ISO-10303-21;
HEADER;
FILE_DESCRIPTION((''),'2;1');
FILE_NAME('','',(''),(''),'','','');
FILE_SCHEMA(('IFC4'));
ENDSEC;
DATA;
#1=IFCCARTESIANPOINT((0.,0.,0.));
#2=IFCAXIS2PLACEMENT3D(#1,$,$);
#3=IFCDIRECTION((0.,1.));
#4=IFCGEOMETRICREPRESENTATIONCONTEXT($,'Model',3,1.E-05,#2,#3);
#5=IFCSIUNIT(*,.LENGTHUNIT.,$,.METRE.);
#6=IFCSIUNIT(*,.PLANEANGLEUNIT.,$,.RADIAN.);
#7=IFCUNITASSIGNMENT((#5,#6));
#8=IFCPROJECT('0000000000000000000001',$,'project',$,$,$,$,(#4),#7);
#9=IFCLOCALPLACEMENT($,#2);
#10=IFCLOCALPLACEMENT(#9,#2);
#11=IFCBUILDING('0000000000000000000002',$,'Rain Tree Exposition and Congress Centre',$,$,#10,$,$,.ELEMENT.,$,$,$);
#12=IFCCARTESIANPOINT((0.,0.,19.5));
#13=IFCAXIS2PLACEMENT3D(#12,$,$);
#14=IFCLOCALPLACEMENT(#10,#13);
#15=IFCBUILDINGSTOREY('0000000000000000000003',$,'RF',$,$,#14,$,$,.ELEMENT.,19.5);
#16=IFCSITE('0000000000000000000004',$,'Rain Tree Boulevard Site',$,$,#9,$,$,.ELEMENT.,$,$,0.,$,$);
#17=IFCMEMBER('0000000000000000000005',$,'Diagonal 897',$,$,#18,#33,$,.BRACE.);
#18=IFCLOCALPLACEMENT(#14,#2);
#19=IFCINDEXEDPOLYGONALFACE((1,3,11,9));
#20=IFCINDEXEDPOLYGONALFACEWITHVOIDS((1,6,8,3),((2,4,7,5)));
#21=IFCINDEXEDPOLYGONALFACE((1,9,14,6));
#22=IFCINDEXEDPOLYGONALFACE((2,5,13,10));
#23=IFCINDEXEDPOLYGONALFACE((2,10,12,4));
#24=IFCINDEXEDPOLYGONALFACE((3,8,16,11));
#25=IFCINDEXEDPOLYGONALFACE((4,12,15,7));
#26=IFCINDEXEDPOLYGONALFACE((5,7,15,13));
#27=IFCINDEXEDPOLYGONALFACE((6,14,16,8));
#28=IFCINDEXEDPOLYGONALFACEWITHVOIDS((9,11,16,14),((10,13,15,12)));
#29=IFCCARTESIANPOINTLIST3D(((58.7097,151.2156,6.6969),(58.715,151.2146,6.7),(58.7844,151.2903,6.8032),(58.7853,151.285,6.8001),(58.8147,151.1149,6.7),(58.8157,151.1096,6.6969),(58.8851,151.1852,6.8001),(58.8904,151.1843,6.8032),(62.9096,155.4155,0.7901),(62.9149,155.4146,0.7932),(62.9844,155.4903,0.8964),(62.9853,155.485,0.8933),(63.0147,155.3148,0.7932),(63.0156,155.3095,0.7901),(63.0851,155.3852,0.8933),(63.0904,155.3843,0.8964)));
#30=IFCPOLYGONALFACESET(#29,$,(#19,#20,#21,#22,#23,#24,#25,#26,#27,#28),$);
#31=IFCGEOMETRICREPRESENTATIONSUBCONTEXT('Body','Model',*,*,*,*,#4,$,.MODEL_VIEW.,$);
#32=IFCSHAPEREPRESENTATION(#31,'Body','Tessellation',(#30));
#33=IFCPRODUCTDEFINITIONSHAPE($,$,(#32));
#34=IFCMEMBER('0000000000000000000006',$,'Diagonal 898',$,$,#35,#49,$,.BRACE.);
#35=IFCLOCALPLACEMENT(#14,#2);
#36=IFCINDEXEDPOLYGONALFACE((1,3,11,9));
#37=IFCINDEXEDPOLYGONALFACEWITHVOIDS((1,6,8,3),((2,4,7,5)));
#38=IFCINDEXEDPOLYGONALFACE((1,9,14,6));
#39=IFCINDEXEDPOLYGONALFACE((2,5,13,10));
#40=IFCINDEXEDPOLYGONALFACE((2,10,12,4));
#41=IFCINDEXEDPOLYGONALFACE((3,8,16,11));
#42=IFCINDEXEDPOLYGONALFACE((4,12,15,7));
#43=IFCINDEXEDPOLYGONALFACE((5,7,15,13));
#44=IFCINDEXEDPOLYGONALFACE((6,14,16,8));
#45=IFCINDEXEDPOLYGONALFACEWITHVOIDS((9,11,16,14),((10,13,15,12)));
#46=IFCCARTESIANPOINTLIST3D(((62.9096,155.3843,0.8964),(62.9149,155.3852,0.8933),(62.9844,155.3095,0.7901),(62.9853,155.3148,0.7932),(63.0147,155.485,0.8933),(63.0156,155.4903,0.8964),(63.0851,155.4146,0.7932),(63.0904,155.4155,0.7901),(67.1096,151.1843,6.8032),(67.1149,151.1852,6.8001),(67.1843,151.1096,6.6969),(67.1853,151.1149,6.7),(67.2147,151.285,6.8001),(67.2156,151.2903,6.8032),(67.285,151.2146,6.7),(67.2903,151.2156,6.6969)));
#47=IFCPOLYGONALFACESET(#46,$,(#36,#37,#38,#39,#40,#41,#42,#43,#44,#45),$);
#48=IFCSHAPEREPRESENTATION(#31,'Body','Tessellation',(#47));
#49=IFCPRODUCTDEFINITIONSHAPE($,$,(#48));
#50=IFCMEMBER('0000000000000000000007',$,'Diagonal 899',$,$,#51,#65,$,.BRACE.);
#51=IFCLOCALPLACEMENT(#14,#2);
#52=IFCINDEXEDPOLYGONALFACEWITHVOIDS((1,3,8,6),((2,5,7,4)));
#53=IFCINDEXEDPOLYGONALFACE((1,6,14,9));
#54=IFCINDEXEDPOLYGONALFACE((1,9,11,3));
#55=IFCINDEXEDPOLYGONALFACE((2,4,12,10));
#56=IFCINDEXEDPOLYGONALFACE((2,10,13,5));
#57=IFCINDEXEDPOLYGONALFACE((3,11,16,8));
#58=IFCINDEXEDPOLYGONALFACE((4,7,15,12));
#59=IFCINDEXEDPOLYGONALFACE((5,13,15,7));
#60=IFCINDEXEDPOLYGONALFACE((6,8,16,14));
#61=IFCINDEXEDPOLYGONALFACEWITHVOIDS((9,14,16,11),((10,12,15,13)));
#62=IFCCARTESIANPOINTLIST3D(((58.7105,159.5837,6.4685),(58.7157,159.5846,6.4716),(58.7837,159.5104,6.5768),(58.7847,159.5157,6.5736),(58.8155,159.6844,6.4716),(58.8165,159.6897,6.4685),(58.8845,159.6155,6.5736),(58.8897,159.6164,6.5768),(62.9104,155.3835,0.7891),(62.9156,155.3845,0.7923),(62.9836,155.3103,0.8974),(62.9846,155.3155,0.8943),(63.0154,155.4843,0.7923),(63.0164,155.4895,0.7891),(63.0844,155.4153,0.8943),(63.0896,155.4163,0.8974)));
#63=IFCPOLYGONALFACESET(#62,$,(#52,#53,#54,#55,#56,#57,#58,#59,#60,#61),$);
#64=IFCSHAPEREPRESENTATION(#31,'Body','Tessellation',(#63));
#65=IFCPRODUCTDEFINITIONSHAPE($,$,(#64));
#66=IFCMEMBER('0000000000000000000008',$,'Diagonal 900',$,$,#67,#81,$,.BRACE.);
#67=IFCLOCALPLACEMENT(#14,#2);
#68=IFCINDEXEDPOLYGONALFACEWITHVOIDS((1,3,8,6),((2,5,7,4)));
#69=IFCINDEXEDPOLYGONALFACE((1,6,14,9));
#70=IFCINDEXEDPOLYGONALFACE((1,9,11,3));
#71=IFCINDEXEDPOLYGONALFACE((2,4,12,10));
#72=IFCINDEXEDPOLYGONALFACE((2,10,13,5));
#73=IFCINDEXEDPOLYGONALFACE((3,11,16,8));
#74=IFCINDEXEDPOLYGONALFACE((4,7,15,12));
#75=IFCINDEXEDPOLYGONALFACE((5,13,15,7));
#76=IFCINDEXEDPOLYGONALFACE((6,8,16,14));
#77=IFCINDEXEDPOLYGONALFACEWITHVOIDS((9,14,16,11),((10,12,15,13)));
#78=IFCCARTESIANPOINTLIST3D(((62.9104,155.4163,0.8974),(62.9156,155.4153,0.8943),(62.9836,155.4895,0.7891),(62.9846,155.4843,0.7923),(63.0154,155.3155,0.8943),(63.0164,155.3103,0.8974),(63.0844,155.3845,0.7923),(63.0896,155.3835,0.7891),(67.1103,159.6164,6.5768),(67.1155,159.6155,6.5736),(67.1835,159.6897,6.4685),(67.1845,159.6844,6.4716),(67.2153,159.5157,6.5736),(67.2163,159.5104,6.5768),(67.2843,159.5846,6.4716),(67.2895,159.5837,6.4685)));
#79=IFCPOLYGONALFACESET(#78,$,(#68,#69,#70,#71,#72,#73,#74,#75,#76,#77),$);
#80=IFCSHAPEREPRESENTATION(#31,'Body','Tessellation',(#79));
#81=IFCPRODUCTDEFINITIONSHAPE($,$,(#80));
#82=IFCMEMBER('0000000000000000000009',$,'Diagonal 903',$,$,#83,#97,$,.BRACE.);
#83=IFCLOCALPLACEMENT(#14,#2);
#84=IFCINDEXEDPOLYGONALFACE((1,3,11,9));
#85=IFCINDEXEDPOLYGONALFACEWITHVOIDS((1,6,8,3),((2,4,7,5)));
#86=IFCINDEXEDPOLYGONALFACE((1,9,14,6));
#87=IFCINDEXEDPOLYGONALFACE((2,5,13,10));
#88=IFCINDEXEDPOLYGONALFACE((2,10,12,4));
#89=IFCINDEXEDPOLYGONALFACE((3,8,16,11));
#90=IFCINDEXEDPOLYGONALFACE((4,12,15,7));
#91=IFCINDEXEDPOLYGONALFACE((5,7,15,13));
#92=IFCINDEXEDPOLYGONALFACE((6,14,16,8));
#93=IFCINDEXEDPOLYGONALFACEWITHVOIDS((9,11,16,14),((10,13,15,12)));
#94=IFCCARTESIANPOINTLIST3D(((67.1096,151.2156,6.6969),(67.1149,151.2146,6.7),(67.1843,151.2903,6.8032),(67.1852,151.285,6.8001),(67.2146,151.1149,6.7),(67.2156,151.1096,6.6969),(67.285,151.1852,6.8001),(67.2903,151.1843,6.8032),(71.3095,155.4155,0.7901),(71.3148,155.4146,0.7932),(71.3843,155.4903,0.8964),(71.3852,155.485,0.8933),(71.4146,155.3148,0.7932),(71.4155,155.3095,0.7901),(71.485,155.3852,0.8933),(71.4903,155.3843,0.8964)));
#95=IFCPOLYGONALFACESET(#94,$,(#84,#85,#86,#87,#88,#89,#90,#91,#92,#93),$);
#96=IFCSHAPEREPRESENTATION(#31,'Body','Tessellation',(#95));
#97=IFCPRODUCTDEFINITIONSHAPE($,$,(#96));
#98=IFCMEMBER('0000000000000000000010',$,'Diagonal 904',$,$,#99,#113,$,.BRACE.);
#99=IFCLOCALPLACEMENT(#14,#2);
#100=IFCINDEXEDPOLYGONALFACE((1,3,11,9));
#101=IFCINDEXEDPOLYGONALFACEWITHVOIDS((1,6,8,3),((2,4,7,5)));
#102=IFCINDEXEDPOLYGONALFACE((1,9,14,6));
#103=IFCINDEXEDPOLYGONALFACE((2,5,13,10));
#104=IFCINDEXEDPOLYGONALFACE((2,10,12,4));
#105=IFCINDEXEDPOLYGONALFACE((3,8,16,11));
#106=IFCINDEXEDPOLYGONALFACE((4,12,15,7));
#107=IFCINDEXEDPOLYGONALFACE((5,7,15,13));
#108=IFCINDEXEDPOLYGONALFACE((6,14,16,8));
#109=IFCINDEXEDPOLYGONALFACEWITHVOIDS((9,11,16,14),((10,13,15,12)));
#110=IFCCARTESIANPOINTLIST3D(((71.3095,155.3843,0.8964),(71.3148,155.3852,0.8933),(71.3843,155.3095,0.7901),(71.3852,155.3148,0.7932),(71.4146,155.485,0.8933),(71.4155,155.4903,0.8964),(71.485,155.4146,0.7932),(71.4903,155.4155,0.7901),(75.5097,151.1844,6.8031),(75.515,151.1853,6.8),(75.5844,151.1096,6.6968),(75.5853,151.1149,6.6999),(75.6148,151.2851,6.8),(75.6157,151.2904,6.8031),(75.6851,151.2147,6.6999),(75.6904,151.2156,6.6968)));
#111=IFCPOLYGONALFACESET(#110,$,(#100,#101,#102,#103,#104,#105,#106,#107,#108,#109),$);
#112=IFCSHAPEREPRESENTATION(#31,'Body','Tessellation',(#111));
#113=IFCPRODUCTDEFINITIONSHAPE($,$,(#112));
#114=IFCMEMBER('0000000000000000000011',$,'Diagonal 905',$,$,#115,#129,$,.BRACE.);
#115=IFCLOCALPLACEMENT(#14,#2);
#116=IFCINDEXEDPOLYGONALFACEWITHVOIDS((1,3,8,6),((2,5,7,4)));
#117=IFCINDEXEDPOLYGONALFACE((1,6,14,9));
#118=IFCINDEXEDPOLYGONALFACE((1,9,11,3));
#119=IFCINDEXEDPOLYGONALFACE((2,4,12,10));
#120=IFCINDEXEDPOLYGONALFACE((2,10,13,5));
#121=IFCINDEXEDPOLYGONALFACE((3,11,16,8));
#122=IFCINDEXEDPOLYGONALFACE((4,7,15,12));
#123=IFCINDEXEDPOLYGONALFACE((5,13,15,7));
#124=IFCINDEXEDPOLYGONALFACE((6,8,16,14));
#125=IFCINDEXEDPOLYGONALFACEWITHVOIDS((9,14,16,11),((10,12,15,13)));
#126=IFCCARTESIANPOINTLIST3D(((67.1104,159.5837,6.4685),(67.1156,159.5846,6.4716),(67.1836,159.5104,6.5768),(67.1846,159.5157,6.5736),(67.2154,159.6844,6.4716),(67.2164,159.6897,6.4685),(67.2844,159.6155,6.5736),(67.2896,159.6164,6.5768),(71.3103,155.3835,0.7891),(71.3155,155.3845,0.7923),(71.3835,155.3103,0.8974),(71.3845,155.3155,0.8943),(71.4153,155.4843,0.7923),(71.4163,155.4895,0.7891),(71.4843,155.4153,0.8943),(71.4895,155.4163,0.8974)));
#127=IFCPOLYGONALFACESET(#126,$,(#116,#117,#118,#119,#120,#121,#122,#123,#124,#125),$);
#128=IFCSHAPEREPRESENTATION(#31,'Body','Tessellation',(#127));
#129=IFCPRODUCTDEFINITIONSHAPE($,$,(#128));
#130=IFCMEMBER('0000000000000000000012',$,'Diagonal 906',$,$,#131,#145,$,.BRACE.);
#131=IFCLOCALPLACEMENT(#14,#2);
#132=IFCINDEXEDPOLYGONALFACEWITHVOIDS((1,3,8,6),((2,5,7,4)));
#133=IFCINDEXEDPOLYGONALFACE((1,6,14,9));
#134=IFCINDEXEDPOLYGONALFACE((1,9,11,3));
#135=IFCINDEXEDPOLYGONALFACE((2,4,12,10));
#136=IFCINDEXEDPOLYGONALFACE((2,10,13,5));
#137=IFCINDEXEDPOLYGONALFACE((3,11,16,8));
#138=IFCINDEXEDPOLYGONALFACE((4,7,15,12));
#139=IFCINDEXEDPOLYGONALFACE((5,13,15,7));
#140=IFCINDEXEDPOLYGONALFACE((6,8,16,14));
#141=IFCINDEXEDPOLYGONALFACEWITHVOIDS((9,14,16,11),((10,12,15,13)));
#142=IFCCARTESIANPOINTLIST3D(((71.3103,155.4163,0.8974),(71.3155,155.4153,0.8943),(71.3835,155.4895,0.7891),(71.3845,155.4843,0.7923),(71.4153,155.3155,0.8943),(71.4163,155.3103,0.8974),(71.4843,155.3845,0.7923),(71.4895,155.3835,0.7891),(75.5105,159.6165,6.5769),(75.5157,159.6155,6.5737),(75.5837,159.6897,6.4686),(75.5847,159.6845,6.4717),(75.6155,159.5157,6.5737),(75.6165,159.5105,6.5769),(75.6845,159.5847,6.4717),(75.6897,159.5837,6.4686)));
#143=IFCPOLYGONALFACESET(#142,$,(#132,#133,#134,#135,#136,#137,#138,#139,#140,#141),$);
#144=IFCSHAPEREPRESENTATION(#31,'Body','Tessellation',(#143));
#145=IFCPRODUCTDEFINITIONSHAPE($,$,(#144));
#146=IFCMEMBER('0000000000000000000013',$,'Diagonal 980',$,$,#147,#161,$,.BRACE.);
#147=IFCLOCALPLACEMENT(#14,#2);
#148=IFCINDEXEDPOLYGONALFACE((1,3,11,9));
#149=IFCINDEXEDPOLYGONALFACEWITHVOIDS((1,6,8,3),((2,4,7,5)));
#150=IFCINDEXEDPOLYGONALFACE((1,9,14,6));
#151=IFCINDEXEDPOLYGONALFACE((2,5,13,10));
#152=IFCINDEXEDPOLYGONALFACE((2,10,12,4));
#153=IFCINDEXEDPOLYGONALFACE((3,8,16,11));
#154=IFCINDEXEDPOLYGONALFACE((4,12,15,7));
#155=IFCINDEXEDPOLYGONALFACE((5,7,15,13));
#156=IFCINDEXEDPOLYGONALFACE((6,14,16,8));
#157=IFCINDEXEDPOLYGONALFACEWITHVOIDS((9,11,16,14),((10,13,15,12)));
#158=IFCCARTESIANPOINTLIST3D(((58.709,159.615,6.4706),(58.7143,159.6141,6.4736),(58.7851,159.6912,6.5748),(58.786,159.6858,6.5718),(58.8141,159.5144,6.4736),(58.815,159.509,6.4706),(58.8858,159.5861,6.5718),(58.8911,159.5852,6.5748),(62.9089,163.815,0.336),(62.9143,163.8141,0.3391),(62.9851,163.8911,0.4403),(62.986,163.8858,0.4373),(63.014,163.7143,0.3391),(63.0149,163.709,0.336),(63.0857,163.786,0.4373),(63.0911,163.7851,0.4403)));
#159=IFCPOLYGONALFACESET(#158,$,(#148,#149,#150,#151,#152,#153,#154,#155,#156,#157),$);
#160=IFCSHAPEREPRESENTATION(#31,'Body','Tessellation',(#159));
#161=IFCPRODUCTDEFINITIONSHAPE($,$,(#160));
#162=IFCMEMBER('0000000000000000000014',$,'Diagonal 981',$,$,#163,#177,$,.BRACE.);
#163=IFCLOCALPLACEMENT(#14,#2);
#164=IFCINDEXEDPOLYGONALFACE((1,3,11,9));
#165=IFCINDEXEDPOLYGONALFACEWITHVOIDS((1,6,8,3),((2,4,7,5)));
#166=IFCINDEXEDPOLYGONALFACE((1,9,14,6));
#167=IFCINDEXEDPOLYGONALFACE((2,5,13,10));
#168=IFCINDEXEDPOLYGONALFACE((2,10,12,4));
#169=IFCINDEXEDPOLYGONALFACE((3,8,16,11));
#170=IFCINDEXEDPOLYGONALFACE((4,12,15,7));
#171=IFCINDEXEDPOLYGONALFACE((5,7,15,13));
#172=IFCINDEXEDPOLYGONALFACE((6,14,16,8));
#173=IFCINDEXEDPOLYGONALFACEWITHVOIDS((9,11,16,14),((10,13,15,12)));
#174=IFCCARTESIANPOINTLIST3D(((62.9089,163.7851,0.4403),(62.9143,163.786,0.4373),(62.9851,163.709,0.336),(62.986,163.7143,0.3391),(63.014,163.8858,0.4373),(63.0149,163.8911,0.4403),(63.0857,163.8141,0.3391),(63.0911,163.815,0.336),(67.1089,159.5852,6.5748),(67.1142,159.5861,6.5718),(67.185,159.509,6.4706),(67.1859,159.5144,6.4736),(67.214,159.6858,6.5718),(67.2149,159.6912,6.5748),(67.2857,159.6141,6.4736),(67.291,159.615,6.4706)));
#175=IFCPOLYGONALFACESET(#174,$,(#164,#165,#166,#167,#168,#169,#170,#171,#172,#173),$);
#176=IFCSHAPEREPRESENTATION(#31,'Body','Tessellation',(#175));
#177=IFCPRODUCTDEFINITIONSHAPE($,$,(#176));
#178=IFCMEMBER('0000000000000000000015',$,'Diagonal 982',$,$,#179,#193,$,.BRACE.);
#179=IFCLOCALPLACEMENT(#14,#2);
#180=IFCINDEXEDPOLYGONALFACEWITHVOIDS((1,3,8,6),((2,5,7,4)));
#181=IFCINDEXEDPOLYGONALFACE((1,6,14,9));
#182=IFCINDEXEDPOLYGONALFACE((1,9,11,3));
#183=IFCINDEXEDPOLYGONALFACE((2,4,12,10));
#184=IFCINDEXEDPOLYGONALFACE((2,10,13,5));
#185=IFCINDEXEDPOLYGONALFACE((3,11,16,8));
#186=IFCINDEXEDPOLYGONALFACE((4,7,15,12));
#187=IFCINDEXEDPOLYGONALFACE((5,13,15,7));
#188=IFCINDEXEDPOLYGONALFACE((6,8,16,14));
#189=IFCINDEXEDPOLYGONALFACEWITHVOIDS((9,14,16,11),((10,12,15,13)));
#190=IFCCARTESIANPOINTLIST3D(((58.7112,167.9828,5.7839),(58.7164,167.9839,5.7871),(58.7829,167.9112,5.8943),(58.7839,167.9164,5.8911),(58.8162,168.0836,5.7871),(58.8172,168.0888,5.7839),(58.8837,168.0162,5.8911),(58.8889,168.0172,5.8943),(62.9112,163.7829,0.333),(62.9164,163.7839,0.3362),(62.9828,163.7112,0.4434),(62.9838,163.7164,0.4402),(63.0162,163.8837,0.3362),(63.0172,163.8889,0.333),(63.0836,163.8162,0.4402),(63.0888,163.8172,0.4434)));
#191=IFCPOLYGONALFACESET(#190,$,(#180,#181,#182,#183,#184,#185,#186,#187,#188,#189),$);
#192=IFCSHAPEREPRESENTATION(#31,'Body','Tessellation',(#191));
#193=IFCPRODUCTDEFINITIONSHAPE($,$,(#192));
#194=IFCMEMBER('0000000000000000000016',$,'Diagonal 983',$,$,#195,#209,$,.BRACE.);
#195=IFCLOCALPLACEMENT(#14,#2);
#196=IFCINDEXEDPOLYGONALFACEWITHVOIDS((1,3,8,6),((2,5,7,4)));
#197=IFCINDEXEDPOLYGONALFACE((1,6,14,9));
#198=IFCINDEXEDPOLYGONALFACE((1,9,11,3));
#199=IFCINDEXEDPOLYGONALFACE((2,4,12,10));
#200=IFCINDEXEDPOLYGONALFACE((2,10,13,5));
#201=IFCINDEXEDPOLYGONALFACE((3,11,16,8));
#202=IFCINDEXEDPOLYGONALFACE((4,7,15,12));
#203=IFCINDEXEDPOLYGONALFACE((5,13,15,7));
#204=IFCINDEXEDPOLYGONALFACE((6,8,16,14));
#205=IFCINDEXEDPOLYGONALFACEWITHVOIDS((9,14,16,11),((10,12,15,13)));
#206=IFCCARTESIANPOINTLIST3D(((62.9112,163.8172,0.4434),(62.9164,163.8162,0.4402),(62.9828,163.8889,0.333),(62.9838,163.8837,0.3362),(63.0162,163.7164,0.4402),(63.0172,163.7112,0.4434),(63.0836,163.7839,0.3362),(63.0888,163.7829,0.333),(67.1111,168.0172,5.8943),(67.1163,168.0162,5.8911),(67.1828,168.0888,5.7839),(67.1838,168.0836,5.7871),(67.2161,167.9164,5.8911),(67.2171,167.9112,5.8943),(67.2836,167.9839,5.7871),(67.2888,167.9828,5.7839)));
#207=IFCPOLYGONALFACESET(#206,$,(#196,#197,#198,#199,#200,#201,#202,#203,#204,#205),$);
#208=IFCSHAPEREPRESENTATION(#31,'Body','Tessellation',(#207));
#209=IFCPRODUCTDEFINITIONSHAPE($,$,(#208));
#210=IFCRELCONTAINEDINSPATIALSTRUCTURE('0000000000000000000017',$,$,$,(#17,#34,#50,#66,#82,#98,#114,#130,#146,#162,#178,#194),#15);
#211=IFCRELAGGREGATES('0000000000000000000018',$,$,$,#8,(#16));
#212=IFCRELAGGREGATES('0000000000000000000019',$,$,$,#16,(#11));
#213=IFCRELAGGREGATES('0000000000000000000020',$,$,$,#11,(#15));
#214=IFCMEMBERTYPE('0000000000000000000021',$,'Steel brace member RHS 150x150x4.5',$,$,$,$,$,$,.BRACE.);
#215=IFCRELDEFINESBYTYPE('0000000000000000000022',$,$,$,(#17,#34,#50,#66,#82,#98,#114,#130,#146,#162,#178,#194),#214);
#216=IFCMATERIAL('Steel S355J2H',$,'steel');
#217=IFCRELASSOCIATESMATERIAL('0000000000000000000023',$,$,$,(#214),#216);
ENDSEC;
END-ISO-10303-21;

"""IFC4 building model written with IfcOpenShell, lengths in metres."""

from ifc_helpers import new_model, si_unit, direction, frame, origin, origin_2d, place, context, subcontext, project, spatial, hollow_rectangle, extrude, material, material_profile, profile_set, type_object, element, save


model = new_model("IFC4")

# Units and contexts
model_context = context("Model", 3, precision=1e-05, world=origin(), true_north=direction((0.0, 1.0)))
body_context = subcontext(model_context, "Body", "Model", "MODEL_VIEW")
ifc_project = project(units=[si_unit("LENGTHUNIT", "METRE"), si_unit("PLANEANGLEUNIT", "RADIAN")], contexts=[model_context])

# Site, building, storey
site_placement = place(None, origin())
site = spatial("IfcSite", under=ifc_project, at=site_placement, Name="Rain Tree Boulevard Site", CompositionType="ELEMENT", RefElevation=0.0)
building_placement = place(site_placement, origin())
building = spatial("IfcBuilding", under=site, at=building_placement, Name="Rain Tree Exposition and Congress Centre", CompositionType="ELEMENT")
storey_placement = place(building_placement, frame((0.0, 0.0, 19.5)))
storey = spatial("IfcBuildingStorey", under=building, at=storey_placement, Name="RF", CompositionType="ELEMENT", Elevation=19.5)

# Members
ifc_material_1 = material(Name="Steel S355J2H", Category="steel")
ifc_material_profile_1 = material_profile(ifc_material_1, hollow_rectangle(XDim=0.1499, YDim=0.1499, WallThickness=0.0044, at=origin_2d()), Name="RHS 150x150x4.5")
ifc_profile_set_1 = profile_set([ifc_material_profile_1], Name="Steel S355J2H")
member_type_1 = type_object("IfcMemberType", Name="Steel brace member RHS 150x150x4.5", PredefinedType="BRACE", material=ifc_profile_set_1)
for number, where, z_axis, x_axis, name in (
    (1, (63.0, 155.3999, 0.8433), (-0.501386, -0.501386, 0.705141), (0.707107, -0.707107, 0.0), "Diagonal 897"),
    (2, (63.0, 155.3999, 0.8433), (0.501386, -0.501386, 0.705141), (0.707107, 0.707107, 0.0), "Diagonal 898"),
):
    element("IfcMember", number, at=place(storey_placement, frame(where, z_axis=z_axis, x_axis=x_axis)), inside=storey, type_object=member_type_1, Name=name, PredefinedType="BRACE", context=body_context, shape_type="SweptSolid", body=[
        extrude(hollow_rectangle(XDim=0.1499, YDim=0.1499, WallThickness=0.0044, at=origin_2d()), origin(), (0.0, 0.0, 1.0), 8.3767),
    ])
for number, where, z_axis, x_axis, name in (
    (3, (63.0, 155.3999, 0.8433), (-0.511061, 0.51109, 0.691089), (-0.707127, -0.707086, 0.0), "Diagonal 899"),
    (4, (63.0, 155.3999, 0.8433), (0.511061, 0.51109, 0.691089), (-0.707127, 0.707086, 0.0), "Diagonal 900"),
):
    element("IfcMember", number, at=place(storey_placement, frame(where, z_axis=z_axis, x_axis=x_axis)), inside=storey, type_object=member_type_1, Name=name, PredefinedType="BRACE", context=body_context, shape_type="SweptSolid", body=[
        extrude(hollow_rectangle(XDim=0.1499, YDim=0.1499, WallThickness=0.0044, at=origin_2d()), origin(), (0.0, 0.0, 1.0), 8.218),
    ])
for number, where, z_axis, x_axis, name in (
    (5, (71.3999, 155.3999, 0.8433), (-0.501386, -0.501386, 0.705141), (0.707107, -0.707107, 0.0), "Diagonal 903"),
    (6, (71.3999, 155.3999, 0.8433), (0.501408, -0.501379, 0.705131), (0.707086, 0.707127, 0.0), "Diagonal 904"),
):
    element("IfcMember", number, at=place(storey_placement, frame(where, z_axis=z_axis, x_axis=x_axis)), inside=storey, type_object=member_type_1, Name=name, PredefinedType="BRACE", context=body_context, shape_type="SweptSolid", body=[
        extrude(hollow_rectangle(XDim=0.1499, YDim=0.1499, WallThickness=0.0044, at=origin_2d()), origin(), (0.0, 0.0, 1.0), 8.3767),
    ])
member_1_placement = place(storey_placement, frame((71.3999, 155.3999, 0.8433), z_axis=(-0.511061, 0.51109, 0.691089), x_axis=(-0.707127, -0.707086, 0.0)))
element("IfcMember", 7, at=member_1_placement, inside=storey, type_object=member_type_1, Name="Diagonal 905", PredefinedType="BRACE", context=body_context, shape_type="SweptSolid", body=[
    extrude(hollow_rectangle(XDim=0.1499, YDim=0.1499, WallThickness=0.0044, at=origin_2d()), origin(), (0.0, 0.0, 1.0), 8.218),
])
member_2_placement = place(storey_placement, frame((71.3999, 155.3999, 0.8433), z_axis=(0.511083, 0.511083, 0.691078), x_axis=(-0.707107, 0.707107, 0.0)))
element("IfcMember", 8, at=member_2_placement, inside=storey, type_object=member_type_1, Name="Diagonal 906", PredefinedType="BRACE", context=body_context, shape_type="SweptSolid", body=[
    extrude(hollow_rectangle(XDim=0.1499, YDim=0.1499, WallThickness=0.0044, at=origin_2d()), origin(), (0.0, 0.0, 1.0), 8.2183),
])
for number, where, z_axis, x_axis, name in (
    (9, (63.0, 163.8, 0.3882), (-0.491865, -0.491865, 0.718427), (0.707107, -0.707107, 0.0), "Diagonal 980"),
    (10, (63.0, 163.8, 0.3882), (0.491865, -0.491865, 0.718427), (0.707107, 0.707107, 0.0), "Diagonal 981"),
):
    element("IfcMember", number, at=place(storey_placement, frame(where, z_axis=z_axis, x_axis=x_axis)), inside=storey, type_object=member_type_1, Name=name, PredefinedType="BRACE", context=body_context, shape_type="SweptSolid", body=[
        extrude(hollow_rectangle(XDim=0.1499, YDim=0.1499, WallThickness=0.0044, at=origin_2d()), origin(), (0.0, 0.0, 1.0), 8.5388),
    ])
for number, where, z_axis, x_axis, name in (
    (11, (63.0, 163.8, 0.3882), (-0.520973, 0.520973, 0.676147), (-0.707107, -0.707107, 0.0), "Diagonal 982"),
    (12, (63.0, 163.8, 0.3882), (0.520973, 0.520973, 0.676147), (-0.707107, 0.707107, 0.0), "Diagonal 983"),
):
    element("IfcMember", number, at=place(storey_placement, frame(where, z_axis=z_axis, x_axis=x_axis)), inside=storey, type_object=member_type_1, Name=name, PredefinedType="BRACE", context=body_context, shape_type="SweptSolid", body=[
        extrude(hollow_rectangle(XDim=0.1499, YDim=0.1499, WallThickness=0.0044, at=origin_2d()), origin(), (0.0, 0.0, 1.0), 8.0618),
    ])

save(model, "model.ifc")
